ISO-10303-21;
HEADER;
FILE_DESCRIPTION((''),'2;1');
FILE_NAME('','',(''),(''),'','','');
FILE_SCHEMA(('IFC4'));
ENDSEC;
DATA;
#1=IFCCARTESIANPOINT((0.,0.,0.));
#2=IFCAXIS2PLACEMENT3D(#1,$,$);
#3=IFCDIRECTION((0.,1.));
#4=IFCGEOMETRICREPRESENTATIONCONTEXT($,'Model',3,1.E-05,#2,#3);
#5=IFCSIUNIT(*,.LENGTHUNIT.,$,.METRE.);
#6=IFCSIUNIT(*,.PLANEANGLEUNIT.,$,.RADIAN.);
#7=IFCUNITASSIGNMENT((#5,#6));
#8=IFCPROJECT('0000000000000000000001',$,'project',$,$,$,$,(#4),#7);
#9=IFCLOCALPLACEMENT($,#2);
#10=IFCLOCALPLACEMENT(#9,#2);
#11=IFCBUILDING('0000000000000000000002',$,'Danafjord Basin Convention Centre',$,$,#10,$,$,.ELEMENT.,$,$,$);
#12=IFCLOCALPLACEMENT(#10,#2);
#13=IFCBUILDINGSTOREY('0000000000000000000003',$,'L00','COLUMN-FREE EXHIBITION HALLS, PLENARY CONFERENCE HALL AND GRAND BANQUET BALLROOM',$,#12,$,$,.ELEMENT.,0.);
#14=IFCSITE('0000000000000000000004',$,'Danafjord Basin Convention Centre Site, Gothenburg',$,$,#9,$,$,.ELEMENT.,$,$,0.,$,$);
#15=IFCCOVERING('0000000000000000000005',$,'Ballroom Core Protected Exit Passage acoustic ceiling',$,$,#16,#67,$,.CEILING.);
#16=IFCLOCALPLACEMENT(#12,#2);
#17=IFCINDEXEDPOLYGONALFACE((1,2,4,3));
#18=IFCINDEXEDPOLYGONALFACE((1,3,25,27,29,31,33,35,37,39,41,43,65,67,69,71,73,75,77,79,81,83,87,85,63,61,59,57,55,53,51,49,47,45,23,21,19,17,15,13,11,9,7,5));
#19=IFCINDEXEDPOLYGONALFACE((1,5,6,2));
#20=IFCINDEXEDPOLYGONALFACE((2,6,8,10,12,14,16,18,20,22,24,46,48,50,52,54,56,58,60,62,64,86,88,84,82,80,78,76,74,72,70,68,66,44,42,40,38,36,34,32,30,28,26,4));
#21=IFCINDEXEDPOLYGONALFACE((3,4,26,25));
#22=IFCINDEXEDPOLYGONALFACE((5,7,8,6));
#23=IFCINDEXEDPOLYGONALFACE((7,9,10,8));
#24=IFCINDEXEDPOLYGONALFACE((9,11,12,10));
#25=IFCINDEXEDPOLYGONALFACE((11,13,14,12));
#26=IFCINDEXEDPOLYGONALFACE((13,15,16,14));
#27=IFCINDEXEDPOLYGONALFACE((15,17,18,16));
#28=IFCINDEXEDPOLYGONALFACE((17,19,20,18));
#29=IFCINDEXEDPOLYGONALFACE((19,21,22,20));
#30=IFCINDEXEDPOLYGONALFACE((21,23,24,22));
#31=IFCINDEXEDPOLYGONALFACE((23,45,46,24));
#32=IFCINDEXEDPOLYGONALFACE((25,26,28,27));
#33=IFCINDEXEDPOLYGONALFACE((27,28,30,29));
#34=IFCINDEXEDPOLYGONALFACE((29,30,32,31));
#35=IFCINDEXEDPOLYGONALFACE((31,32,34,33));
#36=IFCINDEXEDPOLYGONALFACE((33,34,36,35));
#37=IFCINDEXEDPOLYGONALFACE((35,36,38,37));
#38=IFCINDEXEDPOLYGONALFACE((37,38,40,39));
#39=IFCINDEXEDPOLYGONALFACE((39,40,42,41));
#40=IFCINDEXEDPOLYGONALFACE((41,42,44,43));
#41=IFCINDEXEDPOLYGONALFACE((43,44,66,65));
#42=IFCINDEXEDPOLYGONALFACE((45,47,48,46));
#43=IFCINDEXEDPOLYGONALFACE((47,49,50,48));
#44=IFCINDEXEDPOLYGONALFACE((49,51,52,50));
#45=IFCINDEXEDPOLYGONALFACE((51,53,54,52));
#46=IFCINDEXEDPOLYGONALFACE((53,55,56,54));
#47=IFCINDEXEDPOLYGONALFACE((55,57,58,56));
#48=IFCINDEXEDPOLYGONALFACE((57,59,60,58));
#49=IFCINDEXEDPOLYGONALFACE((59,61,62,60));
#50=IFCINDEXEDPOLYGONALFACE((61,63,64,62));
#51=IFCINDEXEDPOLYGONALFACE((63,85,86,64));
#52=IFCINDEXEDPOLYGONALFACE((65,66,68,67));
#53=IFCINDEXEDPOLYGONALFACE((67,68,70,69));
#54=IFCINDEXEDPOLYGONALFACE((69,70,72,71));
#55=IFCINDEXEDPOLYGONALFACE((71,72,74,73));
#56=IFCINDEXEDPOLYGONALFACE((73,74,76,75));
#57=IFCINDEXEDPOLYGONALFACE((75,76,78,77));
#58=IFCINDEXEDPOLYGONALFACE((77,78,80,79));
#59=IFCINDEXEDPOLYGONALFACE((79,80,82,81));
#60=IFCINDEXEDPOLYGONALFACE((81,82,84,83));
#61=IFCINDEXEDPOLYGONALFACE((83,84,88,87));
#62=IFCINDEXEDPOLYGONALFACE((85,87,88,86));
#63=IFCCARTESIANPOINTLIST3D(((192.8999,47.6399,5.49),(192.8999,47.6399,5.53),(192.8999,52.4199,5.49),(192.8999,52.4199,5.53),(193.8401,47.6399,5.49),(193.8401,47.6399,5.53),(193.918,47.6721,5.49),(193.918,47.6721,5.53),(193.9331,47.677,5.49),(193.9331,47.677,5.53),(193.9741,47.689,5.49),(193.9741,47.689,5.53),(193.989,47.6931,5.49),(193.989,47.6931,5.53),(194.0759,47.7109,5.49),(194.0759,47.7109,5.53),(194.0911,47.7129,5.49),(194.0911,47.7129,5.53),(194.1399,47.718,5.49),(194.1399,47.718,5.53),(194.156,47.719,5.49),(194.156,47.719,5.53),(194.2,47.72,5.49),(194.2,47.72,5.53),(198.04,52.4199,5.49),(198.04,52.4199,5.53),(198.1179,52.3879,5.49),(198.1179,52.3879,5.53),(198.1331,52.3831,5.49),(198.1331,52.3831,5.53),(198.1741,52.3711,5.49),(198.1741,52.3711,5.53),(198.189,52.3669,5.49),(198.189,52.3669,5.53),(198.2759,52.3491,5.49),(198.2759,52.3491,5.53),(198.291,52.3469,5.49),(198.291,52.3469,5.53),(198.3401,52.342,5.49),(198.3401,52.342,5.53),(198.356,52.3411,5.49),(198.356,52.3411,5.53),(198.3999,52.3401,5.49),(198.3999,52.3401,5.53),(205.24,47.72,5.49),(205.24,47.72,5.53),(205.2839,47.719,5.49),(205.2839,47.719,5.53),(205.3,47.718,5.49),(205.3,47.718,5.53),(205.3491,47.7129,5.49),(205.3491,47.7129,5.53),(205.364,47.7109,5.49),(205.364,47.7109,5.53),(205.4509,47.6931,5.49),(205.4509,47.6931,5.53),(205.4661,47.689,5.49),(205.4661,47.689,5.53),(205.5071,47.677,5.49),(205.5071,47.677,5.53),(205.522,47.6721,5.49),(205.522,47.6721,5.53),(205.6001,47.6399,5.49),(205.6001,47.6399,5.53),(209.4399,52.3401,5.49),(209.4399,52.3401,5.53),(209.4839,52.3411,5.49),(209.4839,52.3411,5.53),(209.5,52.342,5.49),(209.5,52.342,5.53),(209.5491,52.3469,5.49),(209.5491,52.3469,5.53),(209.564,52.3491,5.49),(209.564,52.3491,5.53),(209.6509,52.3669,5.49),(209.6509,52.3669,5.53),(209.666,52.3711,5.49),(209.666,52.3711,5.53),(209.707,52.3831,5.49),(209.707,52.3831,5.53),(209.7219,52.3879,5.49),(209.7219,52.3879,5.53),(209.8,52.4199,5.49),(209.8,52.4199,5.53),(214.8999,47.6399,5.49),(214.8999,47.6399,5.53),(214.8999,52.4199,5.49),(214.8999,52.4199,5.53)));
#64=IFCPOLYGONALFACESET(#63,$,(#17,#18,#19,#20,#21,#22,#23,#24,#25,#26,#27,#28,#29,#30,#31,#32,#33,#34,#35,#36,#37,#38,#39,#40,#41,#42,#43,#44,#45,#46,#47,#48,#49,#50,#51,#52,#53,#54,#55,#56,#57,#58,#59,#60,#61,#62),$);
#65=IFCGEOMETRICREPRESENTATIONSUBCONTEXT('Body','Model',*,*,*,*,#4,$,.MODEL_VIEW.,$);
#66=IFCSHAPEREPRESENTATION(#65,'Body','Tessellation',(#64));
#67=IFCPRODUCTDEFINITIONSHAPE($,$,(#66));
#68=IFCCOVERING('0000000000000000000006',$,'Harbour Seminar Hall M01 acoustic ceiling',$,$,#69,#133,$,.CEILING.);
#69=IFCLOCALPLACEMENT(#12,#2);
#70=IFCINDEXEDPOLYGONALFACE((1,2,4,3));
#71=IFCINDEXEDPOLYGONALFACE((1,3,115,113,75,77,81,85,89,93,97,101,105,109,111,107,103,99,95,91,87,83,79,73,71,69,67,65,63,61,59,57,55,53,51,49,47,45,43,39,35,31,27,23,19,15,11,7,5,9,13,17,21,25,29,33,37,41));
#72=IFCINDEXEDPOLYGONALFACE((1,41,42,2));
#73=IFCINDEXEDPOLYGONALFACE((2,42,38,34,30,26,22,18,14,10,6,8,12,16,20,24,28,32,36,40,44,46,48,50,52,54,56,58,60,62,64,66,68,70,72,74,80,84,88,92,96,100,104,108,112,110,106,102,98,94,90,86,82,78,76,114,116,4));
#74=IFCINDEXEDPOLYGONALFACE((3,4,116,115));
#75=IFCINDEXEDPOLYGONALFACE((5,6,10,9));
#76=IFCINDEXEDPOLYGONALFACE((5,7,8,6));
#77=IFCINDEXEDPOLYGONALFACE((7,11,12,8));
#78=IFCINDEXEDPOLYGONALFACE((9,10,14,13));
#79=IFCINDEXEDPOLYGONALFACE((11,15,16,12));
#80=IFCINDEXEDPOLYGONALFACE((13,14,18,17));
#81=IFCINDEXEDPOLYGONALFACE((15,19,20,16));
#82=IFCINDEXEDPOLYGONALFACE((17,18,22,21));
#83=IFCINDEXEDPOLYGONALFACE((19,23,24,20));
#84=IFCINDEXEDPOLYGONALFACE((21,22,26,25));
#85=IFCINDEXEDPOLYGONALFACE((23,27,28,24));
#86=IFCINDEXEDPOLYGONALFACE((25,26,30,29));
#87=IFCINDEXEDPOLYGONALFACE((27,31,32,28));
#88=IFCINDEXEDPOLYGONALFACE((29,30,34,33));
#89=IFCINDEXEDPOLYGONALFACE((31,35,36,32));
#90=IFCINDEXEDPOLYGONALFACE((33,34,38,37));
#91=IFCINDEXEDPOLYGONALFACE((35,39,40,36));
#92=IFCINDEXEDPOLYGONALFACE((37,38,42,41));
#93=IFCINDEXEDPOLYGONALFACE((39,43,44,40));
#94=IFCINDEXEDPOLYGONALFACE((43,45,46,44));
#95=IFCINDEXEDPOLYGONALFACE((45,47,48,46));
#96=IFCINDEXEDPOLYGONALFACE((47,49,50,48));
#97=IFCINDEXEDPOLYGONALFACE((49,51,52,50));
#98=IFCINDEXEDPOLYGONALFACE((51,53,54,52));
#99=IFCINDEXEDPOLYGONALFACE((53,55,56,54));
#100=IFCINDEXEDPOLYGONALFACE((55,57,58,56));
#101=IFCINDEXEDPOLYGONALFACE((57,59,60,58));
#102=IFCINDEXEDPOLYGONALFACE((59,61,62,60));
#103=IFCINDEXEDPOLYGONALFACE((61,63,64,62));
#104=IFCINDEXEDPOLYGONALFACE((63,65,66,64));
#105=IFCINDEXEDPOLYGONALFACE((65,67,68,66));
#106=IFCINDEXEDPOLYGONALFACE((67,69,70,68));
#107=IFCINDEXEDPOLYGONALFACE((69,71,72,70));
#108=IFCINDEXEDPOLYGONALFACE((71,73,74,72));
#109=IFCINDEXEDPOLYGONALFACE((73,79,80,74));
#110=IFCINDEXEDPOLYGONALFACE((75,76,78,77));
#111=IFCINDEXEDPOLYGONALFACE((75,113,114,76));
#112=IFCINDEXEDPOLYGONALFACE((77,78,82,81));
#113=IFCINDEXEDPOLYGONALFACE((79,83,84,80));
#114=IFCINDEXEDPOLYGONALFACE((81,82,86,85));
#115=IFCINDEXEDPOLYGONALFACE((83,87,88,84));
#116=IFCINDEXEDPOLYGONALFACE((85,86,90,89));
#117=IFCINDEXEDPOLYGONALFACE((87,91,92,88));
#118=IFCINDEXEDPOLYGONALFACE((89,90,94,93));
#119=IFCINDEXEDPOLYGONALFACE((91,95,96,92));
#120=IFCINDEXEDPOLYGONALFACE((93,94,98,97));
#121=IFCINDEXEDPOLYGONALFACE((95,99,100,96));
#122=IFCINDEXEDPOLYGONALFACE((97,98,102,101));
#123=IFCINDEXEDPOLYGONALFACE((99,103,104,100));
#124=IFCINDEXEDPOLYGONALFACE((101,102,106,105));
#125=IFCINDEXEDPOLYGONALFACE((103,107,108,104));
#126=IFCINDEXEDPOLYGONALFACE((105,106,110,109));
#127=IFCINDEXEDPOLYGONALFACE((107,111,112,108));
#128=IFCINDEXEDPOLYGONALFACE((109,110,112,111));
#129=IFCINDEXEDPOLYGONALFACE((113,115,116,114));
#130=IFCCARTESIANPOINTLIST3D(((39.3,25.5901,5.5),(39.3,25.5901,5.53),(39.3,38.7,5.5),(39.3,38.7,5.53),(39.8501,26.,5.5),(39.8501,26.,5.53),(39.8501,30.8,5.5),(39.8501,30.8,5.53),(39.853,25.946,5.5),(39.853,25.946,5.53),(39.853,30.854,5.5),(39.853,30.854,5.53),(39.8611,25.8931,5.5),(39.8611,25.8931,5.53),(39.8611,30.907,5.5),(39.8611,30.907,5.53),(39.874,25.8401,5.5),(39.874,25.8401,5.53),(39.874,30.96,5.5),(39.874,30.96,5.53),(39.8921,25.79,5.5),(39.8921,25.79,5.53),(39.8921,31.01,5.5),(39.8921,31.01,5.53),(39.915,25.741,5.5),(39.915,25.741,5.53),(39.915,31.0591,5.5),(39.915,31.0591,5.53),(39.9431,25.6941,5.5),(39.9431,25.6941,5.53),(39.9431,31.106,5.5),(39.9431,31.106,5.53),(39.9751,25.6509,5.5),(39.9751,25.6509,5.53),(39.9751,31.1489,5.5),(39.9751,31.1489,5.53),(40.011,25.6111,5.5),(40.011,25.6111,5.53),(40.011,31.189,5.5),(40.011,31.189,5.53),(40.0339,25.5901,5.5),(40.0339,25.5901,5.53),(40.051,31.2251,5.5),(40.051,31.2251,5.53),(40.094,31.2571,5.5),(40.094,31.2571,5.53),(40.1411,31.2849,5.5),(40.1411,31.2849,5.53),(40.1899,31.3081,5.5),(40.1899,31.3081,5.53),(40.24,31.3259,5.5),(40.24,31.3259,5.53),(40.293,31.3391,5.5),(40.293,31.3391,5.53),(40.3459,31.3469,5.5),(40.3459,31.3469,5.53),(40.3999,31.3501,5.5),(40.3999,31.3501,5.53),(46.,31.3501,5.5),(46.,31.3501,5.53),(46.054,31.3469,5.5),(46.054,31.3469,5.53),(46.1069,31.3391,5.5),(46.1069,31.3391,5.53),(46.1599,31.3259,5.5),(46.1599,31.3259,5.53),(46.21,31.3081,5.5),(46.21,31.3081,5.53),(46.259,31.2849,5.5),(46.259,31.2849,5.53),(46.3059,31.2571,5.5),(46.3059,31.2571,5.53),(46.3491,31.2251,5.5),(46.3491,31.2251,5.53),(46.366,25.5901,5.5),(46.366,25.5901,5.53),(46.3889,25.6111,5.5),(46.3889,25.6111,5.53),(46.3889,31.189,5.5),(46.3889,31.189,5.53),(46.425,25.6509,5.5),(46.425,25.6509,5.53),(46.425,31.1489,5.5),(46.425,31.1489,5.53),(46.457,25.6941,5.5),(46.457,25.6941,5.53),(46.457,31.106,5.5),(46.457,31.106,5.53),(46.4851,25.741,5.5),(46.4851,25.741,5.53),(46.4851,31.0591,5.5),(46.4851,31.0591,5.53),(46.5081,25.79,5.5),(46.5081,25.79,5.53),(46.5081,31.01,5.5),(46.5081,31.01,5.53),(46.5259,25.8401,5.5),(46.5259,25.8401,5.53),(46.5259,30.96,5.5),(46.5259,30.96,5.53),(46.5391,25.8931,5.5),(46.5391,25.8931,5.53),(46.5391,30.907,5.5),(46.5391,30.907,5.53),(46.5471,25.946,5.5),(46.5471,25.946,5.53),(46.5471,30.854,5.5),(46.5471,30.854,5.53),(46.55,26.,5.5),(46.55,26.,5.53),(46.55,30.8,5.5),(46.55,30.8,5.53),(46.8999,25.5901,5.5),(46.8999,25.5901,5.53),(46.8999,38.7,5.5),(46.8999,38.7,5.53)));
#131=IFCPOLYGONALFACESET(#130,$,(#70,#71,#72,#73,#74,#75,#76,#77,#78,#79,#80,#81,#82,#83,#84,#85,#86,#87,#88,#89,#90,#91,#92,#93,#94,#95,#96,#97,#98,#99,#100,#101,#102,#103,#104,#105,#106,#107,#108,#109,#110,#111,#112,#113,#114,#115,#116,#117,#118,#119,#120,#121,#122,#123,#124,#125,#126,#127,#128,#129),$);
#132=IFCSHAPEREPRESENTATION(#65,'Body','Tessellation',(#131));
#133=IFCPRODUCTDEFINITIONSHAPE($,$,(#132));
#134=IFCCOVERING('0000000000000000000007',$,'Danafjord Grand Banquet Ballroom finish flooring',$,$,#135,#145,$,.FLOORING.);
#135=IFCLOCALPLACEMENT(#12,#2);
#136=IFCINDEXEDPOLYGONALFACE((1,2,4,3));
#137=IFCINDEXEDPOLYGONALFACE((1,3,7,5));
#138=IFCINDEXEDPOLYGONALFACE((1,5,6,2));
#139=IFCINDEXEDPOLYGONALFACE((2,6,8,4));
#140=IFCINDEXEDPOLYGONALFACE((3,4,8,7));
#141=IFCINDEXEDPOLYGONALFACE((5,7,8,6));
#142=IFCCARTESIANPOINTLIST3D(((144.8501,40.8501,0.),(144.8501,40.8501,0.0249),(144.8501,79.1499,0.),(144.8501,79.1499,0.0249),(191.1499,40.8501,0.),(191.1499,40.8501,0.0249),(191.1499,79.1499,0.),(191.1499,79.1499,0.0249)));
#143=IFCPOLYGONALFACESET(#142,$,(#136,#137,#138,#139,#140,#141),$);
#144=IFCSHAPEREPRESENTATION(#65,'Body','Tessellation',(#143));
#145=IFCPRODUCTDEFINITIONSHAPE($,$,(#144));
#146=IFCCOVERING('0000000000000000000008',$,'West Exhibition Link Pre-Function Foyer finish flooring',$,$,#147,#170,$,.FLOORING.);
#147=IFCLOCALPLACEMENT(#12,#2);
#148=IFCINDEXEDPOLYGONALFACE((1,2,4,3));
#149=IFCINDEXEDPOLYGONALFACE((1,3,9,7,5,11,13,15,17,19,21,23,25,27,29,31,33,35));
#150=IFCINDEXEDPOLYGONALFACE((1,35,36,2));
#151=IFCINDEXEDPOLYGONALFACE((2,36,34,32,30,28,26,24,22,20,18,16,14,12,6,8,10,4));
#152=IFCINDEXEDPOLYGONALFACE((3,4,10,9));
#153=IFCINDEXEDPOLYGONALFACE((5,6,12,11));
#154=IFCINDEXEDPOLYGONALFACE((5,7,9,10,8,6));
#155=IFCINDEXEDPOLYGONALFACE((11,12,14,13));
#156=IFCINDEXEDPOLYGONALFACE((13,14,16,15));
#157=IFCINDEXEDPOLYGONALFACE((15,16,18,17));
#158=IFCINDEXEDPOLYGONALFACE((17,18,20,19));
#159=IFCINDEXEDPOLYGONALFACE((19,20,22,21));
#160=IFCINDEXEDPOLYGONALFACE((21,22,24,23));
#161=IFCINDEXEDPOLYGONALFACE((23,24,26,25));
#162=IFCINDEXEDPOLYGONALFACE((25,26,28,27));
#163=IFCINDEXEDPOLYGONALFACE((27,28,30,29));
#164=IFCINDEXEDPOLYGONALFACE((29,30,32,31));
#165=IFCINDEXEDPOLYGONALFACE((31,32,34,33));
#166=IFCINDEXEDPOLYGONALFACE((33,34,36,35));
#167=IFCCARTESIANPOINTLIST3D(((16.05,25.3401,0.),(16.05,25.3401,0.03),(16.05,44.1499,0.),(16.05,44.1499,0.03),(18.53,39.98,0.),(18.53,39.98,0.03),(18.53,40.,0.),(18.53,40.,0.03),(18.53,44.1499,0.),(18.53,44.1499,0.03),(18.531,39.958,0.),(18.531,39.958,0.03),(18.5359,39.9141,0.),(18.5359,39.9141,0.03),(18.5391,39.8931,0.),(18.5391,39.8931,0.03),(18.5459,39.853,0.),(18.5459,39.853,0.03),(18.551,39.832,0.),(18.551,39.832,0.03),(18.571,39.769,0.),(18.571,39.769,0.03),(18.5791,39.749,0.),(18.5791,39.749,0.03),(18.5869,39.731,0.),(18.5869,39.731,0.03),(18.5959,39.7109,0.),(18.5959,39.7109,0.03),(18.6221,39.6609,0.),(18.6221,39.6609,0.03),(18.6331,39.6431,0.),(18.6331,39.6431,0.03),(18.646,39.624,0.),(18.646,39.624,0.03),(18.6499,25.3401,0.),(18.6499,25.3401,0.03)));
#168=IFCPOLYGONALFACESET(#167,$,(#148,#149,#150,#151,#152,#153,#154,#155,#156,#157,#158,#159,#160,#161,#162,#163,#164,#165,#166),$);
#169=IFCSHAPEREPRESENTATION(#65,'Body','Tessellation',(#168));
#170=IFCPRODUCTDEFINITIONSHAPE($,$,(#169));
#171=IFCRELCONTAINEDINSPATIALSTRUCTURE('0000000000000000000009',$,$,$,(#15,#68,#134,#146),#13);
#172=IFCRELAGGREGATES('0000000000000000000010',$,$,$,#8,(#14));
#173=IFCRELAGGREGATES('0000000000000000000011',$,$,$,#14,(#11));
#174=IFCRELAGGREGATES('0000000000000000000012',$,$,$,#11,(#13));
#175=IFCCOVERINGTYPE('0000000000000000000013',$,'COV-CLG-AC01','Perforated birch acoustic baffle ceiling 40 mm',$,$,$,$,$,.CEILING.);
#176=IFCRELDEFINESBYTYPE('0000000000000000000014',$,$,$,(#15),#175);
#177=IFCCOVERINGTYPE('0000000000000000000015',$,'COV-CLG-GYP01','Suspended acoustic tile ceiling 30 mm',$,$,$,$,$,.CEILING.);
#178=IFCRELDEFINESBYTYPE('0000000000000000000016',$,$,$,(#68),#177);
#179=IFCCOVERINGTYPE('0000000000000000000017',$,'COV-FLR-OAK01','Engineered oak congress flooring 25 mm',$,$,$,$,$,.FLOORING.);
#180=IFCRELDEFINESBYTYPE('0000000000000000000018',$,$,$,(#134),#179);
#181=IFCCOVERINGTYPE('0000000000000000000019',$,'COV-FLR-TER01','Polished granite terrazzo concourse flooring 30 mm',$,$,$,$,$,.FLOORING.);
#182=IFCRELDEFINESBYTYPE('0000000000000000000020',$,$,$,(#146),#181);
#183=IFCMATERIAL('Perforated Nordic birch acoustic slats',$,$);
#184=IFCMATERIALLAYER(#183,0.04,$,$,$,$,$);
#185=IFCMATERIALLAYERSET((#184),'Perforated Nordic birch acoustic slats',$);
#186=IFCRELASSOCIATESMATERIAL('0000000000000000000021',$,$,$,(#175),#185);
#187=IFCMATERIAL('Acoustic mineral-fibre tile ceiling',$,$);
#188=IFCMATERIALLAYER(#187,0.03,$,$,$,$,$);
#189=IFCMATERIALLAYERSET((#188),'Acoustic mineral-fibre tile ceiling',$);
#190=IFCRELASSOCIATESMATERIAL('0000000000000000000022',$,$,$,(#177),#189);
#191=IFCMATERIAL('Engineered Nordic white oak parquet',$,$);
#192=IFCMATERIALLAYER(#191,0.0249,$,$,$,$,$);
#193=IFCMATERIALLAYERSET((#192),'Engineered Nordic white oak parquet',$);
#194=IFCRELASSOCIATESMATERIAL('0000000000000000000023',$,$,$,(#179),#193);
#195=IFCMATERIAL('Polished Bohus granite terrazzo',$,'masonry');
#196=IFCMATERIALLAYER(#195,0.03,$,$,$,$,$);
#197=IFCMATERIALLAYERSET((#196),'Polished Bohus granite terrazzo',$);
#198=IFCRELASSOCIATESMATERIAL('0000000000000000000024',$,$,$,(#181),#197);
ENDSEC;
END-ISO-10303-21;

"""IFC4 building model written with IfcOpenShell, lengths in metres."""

from ifc_helpers import new_model, si_unit, direction, frame, origin, place, context, subcontext, project, spatial, polyline, outline, extrude, material, layer, layer_set, type_object, element, save


model = new_model("IFC4")

# Units and contexts
model_context = context("Model", 3, precision=1e-05, world=origin(), true_north=direction((0.0, 1.0)))
body_context = subcontext(model_context, "Body", "Model", "MODEL_VIEW")
ifc_project = project(units=[si_unit("LENGTHUNIT", "METRE"), si_unit("PLANEANGLEUNIT", "RADIAN")], contexts=[model_context])

# Site, building, storey
site_placement = place(None, origin())
site = spatial("IfcSite", under=ifc_project, at=site_placement, Name="Danafjord Basin Convention Centre Site, Gothenburg", CompositionType="ELEMENT", RefElevation=0.0)
building_placement = place(site_placement, origin())
building = spatial("IfcBuilding", under=site, at=building_placement, Name="Danafjord Basin Convention Centre", CompositionType="ELEMENT")
storey_placement = place(building_placement, origin())
storey = spatial("IfcBuildingStorey", under=building, at=storey_placement, Name="L00", Description="COLUMN-FREE EXHIBITION HALLS, PLENARY CONFERENCE HALL AND GRAND BANQUET BALLROOM", CompositionType="ELEMENT", Elevation=0.0)

# Coverings
ifc_material_1 = material(Name="Perforated Nordic birch acoustic slats")
ifc_layer_1 = layer(ifc_material_1, 0.04)
ifc_layer_set_1 = layer_set([ifc_layer_1], Name="Perforated Nordic birch acoustic slats")
covering_type_1 = type_object("IfcCoveringType", Name="COV-CLG-AC01", Description="Perforated birch acoustic baffle ceiling 40 mm", PredefinedType="CEILING", material=ifc_layer_set_1)
covering_1_placement = place(storey_placement, frame((0.0, 0.0, 5.49)))
element("IfcCovering", 1, at=covering_1_placement, inside=storey, type_object=covering_type_1, Name="Ballroom Core Protected Exit Passage acoustic ceiling", PredefinedType="CEILING", context=body_context, shape_type="SweptSolid", body=[
    extrude(outline(polyline([(198.04, 52.4199), (198.1179, 52.3879), (198.1331, 52.3831), (198.1741, 52.3711), (198.189, 52.3669), (198.2759, 52.3491), (198.291, 52.3469), (198.3401, 52.342), (198.356, 52.3411), (198.3999, 52.3401), (209.4399, 52.3401), (209.4839, 52.3411), (209.5, 52.342), (209.5491, 52.3469), (209.564, 52.3491), (209.6509, 52.3669), (209.666, 52.3711), (209.707, 52.3831), (209.7219, 52.3879), (209.8, 52.4199), (214.8999, 52.4199), (214.8999, 47.6399), (205.6001, 47.6399), (205.522, 47.6721), (205.5071, 47.677), (205.4661, 47.689), (205.4509, 47.6931), (205.364, 47.7109), (205.3491, 47.7129), (205.3, 47.718), (205.2839, 47.719), (205.24, 47.72), (194.2, 47.72), (194.156, 47.719), (194.1399, 47.718), (194.0911, 47.7129), (194.0759, 47.7109), (193.989, 47.6931), (193.9741, 47.689), (193.9331, 47.677), (193.918, 47.6721), (193.8401, 47.6399), (192.8999, 47.6399), (192.8999, 52.4199), (198.04, 52.4199)])), origin(), (0.0, 0.0, 1.0), 0.04),
])
ifc_material_2 = material(Name="Acoustic mineral-fibre tile ceiling")
ifc_layer_2 = layer(ifc_material_2, 0.03)
ifc_layer_set_2 = layer_set([ifc_layer_2], Name="Acoustic mineral-fibre tile ceiling")
covering_type_2 = type_object("IfcCoveringType", Name="COV-CLG-GYP01", Description="Suspended acoustic tile ceiling 30 mm", PredefinedType="CEILING", material=ifc_layer_set_2)
covering_2_placement = place(storey_placement, frame((0.0, 0.0, 5.5)))
element("IfcCovering", 2, at=covering_2_placement, inside=storey, type_object=covering_type_2, Name="Harbour Seminar Hall M01 acoustic ceiling", PredefinedType="CEILING", context=body_context, shape_type="SweptSolid", body=[
    extrude(outline(polyline([(46.8999, 38.7), (46.8999, 25.5901), (46.366, 25.5901), (46.3889, 25.6111), (46.425, 25.6509), (46.457, 25.6941), (46.4851, 25.741), (46.5081, 25.79), (46.5259, 25.8401), (46.5391, 25.8931), (46.5471, 25.946), (46.55, 26.0), (46.55, 30.8), (46.5471, 30.854), (46.5391, 30.907), (46.5259, 30.96), (46.5081, 31.01), (46.4851, 31.0591), (46.457, 31.106), (46.425, 31.1489), (46.3889, 31.189), (46.3491, 31.2251), (46.3059, 31.2571), (46.259, 31.2849), (46.21, 31.3081), (46.1599, 31.3259), (46.1069, 31.3391), (46.054, 31.3469), (46.0, 31.3501), (40.3999, 31.3501), (40.3459, 31.3469), (40.293, 31.3391), (40.24, 31.3259), (40.1899, 31.3081), (40.1411, 31.2849), (40.094, 31.2571), (40.051, 31.2251), (40.011, 31.189), (39.9751, 31.1489), (39.9431, 31.106), (39.915, 31.0591), (39.8921, 31.01), (39.874, 30.96), (39.8611, 30.907), (39.853, 30.854), (39.8501, 30.8), (39.8501, 26.0), (39.853, 25.946), (39.8611, 25.8931), (39.874, 25.8401), (39.8921, 25.79), (39.915, 25.741), (39.9431, 25.6941), (39.9751, 25.6509), (40.011, 25.6111), (40.0339, 25.5901), (39.3, 25.5901), (39.3, 38.7), (46.8999, 38.7)])), origin(), (0.0, 0.0, 1.0), 0.03),
])
ifc_material_3 = material(Name="Engineered Nordic white oak parquet")
ifc_layer_3 = layer(ifc_material_3, 0.0249)
ifc_layer_set_3 = layer_set([ifc_layer_3], Name="Engineered Nordic white oak parquet")
covering_type_3 = type_object("IfcCoveringType", Name="COV-FLR-OAK01", Description="Engineered oak congress flooring 25 mm", PredefinedType="FLOORING", material=ifc_layer_set_3)
covering_3_placement = place(storey_placement, origin())
element("IfcCovering", 3, at=covering_3_placement, inside=storey, type_object=covering_type_3, Name="Danafjord Grand Banquet Ballroom finish flooring", PredefinedType="FLOORING", context=body_context, shape_type="SweptSolid", body=[
    extrude(outline(polyline([(191.1499, 79.1499), (191.1499, 40.8501), (144.8501, 40.8501), (144.8501, 79.1499), (191.1499, 79.1499)])), origin(), (0.0, 0.0, 1.0), 0.0249),
])
ifc_material_4 = material(Name="Polished Bohus granite terrazzo", Category="masonry")
ifc_layer_4 = layer(ifc_material_4, 0.03)
ifc_layer_set_4 = layer_set([ifc_layer_4], Name="Polished Bohus granite terrazzo")
covering_type_4 = type_object("IfcCoveringType", Name="COV-FLR-TER01", Description="Polished granite terrazzo concourse flooring 30 mm", PredefinedType="FLOORING", material=ifc_layer_set_4)
covering_4_placement = place(storey_placement, origin())
element("IfcCovering", 4, at=covering_4_placement, inside=storey, type_object=covering_type_4, Name="West Exhibition Link Pre-Function Foyer finish flooring", PredefinedType="FLOORING", context=body_context, shape_type="SweptSolid", body=[
    extrude(outline(polyline([(18.53, 44.1499), (18.53, 40.0), (18.53, 39.98), (18.531, 39.958), (18.5359, 39.9141), (18.5391, 39.8931), (18.5459, 39.853), (18.551, 39.832), (18.571, 39.769), (18.5791, 39.749), (18.5869, 39.731), (18.5959, 39.7109), (18.6221, 39.6609), (18.6331, 39.6431), (18.646, 39.624), (18.6499, 25.3401), (16.05, 25.3401), (16.05, 44.1499), (18.53, 44.1499)])), origin(), (0.0, 0.0, 1.0), 0.03),
])

save(model, "model.ifc")
